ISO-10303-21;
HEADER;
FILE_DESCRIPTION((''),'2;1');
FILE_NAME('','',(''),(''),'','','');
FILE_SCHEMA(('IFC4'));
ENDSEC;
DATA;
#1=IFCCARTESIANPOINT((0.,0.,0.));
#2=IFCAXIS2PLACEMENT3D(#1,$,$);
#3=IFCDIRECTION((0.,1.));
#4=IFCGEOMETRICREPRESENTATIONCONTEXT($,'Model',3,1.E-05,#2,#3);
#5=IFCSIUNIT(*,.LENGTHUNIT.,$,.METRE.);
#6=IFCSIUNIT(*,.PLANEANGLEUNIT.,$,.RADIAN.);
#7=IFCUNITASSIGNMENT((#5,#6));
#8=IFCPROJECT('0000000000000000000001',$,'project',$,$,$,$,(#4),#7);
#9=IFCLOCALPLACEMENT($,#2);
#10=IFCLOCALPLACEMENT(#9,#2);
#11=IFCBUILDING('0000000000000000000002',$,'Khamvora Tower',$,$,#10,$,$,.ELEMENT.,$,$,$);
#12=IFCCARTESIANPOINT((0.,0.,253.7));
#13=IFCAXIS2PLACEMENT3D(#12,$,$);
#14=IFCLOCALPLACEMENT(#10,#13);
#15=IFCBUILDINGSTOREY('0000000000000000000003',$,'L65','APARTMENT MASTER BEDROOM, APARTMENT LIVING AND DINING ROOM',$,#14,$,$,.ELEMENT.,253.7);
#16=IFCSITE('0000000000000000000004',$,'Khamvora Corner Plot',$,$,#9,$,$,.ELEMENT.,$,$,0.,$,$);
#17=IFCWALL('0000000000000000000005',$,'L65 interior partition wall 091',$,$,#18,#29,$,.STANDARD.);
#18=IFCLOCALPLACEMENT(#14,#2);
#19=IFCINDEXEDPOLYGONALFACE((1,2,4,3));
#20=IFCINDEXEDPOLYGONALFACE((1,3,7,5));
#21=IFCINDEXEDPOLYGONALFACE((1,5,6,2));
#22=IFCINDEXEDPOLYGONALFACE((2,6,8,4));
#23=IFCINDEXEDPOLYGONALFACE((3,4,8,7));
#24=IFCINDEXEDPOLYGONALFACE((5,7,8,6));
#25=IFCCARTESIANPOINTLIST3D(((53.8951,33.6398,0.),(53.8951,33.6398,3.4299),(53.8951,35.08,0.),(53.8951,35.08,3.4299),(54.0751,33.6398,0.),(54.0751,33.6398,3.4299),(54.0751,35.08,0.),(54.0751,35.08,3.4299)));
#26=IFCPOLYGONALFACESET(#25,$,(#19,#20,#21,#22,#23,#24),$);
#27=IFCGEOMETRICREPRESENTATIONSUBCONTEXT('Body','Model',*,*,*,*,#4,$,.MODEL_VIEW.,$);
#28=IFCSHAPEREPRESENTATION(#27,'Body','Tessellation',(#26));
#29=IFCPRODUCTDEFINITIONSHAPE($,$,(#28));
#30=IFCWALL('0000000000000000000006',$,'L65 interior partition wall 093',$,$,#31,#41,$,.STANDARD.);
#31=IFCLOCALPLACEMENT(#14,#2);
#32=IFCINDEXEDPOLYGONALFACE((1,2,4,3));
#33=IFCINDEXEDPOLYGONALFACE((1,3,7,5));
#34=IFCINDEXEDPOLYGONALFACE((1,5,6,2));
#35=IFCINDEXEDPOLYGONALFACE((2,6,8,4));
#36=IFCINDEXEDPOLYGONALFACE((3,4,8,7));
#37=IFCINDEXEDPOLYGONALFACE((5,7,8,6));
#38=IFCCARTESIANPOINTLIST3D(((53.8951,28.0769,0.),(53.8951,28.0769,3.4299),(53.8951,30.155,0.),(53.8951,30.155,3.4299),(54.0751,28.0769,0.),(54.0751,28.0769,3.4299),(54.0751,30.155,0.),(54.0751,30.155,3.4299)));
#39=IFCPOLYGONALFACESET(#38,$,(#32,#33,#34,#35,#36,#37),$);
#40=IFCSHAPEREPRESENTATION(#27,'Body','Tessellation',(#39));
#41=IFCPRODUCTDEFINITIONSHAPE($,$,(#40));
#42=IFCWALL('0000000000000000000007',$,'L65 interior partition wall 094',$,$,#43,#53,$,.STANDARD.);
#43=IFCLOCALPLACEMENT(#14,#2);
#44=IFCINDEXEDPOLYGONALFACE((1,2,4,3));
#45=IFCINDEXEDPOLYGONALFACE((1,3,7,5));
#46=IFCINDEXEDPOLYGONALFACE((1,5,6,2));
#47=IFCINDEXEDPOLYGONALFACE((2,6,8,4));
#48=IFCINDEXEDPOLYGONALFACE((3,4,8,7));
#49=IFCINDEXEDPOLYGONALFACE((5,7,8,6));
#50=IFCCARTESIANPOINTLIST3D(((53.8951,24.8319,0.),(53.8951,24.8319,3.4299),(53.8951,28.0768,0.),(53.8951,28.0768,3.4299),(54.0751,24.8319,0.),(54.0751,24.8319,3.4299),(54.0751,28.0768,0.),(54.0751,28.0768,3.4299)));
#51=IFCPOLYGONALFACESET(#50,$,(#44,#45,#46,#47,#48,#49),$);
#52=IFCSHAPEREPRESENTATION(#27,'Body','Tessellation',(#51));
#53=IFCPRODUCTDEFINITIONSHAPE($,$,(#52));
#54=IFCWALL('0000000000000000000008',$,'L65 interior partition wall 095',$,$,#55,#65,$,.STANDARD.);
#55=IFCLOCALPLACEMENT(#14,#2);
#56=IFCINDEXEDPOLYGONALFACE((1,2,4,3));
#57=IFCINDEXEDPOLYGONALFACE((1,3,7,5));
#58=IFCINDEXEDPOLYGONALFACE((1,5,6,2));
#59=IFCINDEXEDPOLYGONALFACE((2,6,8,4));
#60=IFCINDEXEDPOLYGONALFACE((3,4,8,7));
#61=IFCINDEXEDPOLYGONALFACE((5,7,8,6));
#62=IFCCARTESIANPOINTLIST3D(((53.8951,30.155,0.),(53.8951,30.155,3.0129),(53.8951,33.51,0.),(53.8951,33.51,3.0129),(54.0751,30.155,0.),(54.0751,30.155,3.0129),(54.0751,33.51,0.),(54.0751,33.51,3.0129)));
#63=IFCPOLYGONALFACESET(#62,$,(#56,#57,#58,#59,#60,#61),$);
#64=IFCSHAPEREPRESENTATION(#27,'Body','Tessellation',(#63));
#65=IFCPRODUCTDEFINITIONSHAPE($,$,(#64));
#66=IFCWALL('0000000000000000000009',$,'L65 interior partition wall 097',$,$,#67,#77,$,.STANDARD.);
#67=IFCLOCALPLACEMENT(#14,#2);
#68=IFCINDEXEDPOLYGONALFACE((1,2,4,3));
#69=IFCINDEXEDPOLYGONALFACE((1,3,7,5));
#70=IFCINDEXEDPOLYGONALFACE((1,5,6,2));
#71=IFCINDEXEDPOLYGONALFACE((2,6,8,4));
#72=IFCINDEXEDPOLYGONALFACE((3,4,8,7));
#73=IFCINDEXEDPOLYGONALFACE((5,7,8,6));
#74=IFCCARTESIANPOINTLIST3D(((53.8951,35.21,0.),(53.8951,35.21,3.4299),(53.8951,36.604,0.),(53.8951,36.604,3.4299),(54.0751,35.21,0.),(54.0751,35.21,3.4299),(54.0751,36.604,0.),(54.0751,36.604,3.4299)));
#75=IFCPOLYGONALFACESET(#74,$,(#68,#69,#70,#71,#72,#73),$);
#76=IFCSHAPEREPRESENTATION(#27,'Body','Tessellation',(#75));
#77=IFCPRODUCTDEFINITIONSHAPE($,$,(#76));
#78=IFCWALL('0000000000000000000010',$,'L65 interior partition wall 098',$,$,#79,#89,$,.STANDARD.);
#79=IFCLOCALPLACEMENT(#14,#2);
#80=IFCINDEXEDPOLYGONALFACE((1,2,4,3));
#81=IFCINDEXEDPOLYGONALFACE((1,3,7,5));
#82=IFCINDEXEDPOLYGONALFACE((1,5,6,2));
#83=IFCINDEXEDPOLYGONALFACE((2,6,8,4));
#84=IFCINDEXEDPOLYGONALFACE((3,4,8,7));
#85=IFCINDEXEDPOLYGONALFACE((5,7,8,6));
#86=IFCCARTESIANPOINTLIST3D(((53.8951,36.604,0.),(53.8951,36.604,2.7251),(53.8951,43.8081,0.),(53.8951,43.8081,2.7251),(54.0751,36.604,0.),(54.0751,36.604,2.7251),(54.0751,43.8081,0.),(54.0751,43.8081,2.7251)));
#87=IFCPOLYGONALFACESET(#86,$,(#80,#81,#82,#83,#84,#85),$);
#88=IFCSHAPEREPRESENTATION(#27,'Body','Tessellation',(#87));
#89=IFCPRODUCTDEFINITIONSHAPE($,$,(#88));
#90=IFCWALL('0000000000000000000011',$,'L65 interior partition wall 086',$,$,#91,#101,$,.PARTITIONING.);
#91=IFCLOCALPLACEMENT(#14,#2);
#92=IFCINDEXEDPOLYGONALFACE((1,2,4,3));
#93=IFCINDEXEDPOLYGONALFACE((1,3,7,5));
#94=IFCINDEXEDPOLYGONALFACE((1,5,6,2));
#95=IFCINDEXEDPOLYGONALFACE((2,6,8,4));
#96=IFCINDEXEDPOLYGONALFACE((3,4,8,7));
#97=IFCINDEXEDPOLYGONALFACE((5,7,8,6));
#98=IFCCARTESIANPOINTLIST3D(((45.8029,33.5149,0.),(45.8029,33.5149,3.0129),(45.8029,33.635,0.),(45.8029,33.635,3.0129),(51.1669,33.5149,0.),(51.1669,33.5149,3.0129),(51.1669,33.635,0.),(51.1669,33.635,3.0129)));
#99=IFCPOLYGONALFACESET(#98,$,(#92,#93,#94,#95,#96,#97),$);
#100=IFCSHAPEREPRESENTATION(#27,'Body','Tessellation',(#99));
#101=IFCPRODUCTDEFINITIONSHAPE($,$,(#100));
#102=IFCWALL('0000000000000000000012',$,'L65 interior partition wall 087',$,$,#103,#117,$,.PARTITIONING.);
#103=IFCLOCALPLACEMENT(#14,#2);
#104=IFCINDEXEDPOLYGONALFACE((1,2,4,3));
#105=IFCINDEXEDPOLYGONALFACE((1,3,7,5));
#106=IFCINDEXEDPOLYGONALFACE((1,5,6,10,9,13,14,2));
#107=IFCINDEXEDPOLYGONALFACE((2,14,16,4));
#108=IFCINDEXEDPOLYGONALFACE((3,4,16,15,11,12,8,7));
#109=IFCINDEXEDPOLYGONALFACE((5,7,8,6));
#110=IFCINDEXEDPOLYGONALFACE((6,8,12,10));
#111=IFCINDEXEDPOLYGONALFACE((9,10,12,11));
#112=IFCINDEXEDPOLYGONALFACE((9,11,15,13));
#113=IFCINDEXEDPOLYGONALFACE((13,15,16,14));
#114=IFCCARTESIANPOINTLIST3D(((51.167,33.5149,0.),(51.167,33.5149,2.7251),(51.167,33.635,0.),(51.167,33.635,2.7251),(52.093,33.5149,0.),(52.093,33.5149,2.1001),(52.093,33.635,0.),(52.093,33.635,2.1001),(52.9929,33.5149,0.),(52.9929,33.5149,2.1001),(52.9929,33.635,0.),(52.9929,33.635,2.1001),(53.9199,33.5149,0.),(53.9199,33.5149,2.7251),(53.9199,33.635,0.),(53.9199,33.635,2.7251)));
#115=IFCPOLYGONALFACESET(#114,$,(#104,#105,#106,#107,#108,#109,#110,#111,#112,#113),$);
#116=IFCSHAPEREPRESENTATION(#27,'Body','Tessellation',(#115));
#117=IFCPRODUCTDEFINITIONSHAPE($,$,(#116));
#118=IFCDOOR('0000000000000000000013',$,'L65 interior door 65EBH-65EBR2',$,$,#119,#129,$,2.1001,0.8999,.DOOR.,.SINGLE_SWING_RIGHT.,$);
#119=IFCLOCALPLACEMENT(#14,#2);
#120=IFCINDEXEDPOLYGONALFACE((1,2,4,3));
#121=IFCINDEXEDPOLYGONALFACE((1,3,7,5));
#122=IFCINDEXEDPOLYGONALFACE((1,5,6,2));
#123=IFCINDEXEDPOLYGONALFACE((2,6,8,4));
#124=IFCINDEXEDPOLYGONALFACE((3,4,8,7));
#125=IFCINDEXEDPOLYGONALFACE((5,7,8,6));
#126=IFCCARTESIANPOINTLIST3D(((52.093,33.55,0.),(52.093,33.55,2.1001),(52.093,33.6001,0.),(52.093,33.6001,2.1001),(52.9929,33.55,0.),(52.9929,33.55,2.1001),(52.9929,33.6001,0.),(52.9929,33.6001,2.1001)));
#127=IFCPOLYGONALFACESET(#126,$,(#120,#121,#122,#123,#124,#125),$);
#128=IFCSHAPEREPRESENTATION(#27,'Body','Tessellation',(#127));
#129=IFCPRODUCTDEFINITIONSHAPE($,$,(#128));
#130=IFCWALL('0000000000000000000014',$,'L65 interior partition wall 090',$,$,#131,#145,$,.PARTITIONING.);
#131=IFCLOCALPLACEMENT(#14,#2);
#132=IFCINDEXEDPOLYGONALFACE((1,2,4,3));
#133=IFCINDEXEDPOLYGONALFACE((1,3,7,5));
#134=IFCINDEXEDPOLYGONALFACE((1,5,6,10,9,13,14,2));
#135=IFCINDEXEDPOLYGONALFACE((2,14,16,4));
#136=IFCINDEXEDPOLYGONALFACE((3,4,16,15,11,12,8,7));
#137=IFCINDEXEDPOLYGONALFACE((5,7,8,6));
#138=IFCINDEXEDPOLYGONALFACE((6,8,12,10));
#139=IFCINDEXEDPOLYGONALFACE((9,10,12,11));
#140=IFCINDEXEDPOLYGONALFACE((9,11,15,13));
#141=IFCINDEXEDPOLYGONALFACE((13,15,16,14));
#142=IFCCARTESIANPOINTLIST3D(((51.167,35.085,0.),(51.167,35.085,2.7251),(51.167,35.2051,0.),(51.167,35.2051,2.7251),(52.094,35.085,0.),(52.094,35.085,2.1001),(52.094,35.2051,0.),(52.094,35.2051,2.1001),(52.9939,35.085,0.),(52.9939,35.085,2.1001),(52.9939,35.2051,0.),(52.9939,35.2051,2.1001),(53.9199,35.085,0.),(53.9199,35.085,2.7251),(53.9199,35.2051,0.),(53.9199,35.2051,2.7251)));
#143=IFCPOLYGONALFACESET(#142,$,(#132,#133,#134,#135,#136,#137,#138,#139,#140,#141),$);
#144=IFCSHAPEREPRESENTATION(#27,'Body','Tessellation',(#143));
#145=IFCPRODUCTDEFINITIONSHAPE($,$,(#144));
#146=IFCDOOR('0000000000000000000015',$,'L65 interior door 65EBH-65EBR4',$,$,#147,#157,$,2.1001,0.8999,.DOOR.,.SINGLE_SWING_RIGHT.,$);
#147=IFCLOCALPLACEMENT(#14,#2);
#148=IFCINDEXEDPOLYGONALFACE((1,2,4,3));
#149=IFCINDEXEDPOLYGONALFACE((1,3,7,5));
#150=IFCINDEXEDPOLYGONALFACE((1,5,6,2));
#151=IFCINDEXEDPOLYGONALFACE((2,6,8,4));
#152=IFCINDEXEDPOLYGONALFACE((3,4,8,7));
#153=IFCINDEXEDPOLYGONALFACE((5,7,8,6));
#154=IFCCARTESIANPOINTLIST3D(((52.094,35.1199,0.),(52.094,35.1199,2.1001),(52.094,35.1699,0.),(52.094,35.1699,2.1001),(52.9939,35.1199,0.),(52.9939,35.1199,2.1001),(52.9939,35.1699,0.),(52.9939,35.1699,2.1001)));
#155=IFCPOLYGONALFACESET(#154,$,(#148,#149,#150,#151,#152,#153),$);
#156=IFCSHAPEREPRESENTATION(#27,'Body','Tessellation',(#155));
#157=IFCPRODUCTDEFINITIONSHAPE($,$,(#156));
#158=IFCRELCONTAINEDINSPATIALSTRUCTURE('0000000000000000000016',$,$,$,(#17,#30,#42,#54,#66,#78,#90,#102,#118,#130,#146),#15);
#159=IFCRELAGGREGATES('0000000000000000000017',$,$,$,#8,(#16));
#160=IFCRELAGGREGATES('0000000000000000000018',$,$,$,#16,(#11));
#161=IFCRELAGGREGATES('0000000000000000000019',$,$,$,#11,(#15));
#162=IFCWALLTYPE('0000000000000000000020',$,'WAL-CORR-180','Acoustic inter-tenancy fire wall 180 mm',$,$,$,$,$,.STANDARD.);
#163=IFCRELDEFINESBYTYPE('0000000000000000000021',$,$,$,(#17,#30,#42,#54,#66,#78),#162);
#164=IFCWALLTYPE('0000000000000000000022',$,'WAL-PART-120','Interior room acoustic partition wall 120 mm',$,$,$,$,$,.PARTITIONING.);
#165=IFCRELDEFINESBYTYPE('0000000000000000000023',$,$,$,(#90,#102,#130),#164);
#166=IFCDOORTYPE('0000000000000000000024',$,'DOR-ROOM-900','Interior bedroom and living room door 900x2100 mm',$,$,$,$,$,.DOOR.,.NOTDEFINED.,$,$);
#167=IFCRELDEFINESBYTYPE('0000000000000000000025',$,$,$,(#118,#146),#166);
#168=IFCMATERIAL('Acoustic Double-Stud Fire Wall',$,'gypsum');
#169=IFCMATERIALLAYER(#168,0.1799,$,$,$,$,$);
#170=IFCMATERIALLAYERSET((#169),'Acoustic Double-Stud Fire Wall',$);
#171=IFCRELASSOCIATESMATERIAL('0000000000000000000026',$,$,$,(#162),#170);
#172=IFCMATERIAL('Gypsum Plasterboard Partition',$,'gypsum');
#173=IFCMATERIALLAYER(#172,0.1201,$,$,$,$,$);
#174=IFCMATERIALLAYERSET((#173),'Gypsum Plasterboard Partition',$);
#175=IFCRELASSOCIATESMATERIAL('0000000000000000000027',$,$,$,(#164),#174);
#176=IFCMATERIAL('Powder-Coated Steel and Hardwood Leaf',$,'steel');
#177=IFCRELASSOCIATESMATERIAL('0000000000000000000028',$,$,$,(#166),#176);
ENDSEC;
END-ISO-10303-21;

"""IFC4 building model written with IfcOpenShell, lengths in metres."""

from ifc_helpers import new_model, si_unit, direction, frame, frame_2d, origin, place, context, subcontext, project, spatial, rectangle, extrude, material, layer, layer_set, type_object, element, fill, save


model = new_model("IFC4")

# Units and contexts
model_context = context("Model", 3, precision=1e-05, world=origin(), true_north=direction((0.0, 1.0)))
body_context = subcontext(model_context, "Body", "Model", "MODEL_VIEW")
ifc_project = project(units=[si_unit("LENGTHUNIT", "METRE"), si_unit("PLANEANGLEUNIT", "RADIAN")], contexts=[model_context])

# Site, building, storey
site_placement = place(None, origin())
site = spatial("IfcSite", under=ifc_project, at=site_placement, Name="Khamvora Corner Plot", CompositionType="ELEMENT", RefElevation=0.0)
building_placement = place(site_placement, origin())
building = spatial("IfcBuilding", under=site, at=building_placement, Name="Khamvora Tower", CompositionType="ELEMENT")
storey_placement = place(building_placement, frame((0.0, 0.0, 253.7)))
storey = spatial("IfcBuildingStorey", under=building, at=storey_placement, Name="L65", Description="APARTMENT MASTER BEDROOM, APARTMENT LIVING AND DINING ROOM", CompositionType="ELEMENT", Elevation=253.7)

# Walls
ifc_material_1 = material(Name="Acoustic Double-Stud Fire Wall", Category="gypsum")
ifc_layer_1 = layer(ifc_material_1, 0.1799)
ifc_layer_set_1 = layer_set([ifc_layer_1], Name="Acoustic Double-Stud Fire Wall")
wall_type_1 = type_object("IfcWallType", Name="WAL-CORR-180", Description="Acoustic inter-tenancy fire wall 180 mm", PredefinedType="STANDARD", material=ifc_layer_set_1)
wall_1_placement = place(storey_placement, frame((53.9851, 35.0801, 0.0), z_axis=(0.0, 0.0, 1.0), x_axis=(0.0, -1.0, 0.0)))
element("IfcWall", 1, at=wall_1_placement, inside=storey, type_object=wall_type_1, Name="L65 interior partition wall 091", PredefinedType="STANDARD", context=body_context, shape_type="SweptSolid", body=[
    extrude(rectangle(XDim=1.4402, YDim=0.1799, at=frame_2d((0.7202, 0.0))), origin(), (0.0, 0.0, 1.0), 3.4299),
])
wall_2_placement = place(storey_placement, frame((53.9851, 30.155, 0.0), z_axis=(0.0, 0.0, 1.0), x_axis=(0.0, -1.0, 0.0)))
element("IfcWall", 2, at=wall_2_placement, inside=storey, type_object=wall_type_1, Name="L65 interior partition wall 093", PredefinedType="STANDARD", context=body_context, shape_type="SweptSolid", body=[
    extrude(rectangle(XDim=2.0781, YDim=0.1799, at=frame_2d((1.0391, 0.0))), origin(), (0.0, 0.0, 1.0), 3.4299),
])
wall_3_placement = place(storey_placement, frame((53.9851, 28.0769, 0.0), z_axis=(0.0, 0.0, 1.0), x_axis=(0.0, -1.0, 0.0)))
element("IfcWall", 3, at=wall_3_placement, inside=storey, type_object=wall_type_1, Name="L65 interior partition wall 094", PredefinedType="STANDARD", context=body_context, shape_type="SweptSolid", body=[
    extrude(rectangle(XDim=3.2449, YDim=0.1799, at=frame_2d((1.6226, 0.0))), origin(), (0.0, 0.0, 1.0), 3.4299),
])
wall_4_placement = place(storey_placement, frame((53.9851, 33.51, 0.0), z_axis=(0.0, 0.0, 1.0), x_axis=(0.0, -1.0, 0.0)))
element("IfcWall", 4, at=wall_4_placement, inside=storey, type_object=wall_type_1, Name="L65 interior partition wall 095", PredefinedType="STANDARD", context=body_context, shape_type="SweptSolid", body=[
    extrude(rectangle(XDim=3.355, YDim=0.1799, at=frame_2d((1.6775, 0.0))), origin(), (0.0, 0.0, 1.0), 3.0129),
])
wall_5_placement = place(storey_placement, frame((53.9851, 36.604, 0.0), z_axis=(0.0, 0.0, 1.0), x_axis=(0.0, -1.0, 0.0)))
element("IfcWall", 5, at=wall_5_placement, inside=storey, type_object=wall_type_1, Name="L65 interior partition wall 097", PredefinedType="STANDARD", context=body_context, shape_type="SweptSolid", body=[
    extrude(rectangle(XDim=1.394, YDim=0.1799, at=frame_2d((0.697, 0.0))), origin(), (0.0, 0.0, 1.0), 3.4299),
])
wall_6_placement = place(storey_placement, frame((53.9851, 43.8081, 0.0), z_axis=(0.0, 0.0, 1.0), x_axis=(0.0, -1.0, 0.0)))
element("IfcWall", 6, at=wall_6_placement, inside=storey, type_object=wall_type_1, Name="L65 interior partition wall 098", PredefinedType="STANDARD", context=body_context, shape_type="SweptSolid", body=[
    extrude(rectangle(XDim=7.2041, YDim=0.1799, at=frame_2d((3.6021, 0.0))), origin(), (0.0, 0.0, 1.0), 2.7251),
])
ifc_material_2 = material(Name="Gypsum Plasterboard Partition", Category="gypsum")
ifc_layer_2 = layer(ifc_material_2, 0.1201)
ifc_layer_set_2 = layer_set([ifc_layer_2], Name="Gypsum Plasterboard Partition")
wall_type_2 = type_object("IfcWallType", Name="WAL-PART-120", Description="Interior room acoustic partition wall 120 mm", PredefinedType="PARTITIONING", material=ifc_layer_set_2)
wall_7_placement = place(storey_placement, frame((51.167, 33.575, 0.0), z_axis=(0.0, 0.0, 1.0), x_axis=(-1.0, 0.0, 0.0)))
element("IfcWall", 7, at=wall_7_placement, inside=storey, type_object=wall_type_2, Name="L65 interior partition wall 086", PredefinedType="PARTITIONING", context=body_context, shape_type="SweptSolid", body=[
    extrude(rectangle(XDim=5.364, YDim=0.1201, at=frame_2d((2.6821, 0.0))), origin(), (0.0, 0.0, 1.0), 3.0129),
])

# Walls, openings, doors
wall_8_placement = place(storey_placement, frame((53.9199, 33.575, 0.0), z_axis=(0.0, 0.0, 1.0), x_axis=(-1.0, 0.0, 0.0)))
wall_8 = element("IfcWall", 8, at=wall_8_placement, inside=storey, type_object=wall_type_2, Name="L65 interior partition wall 087", PredefinedType="PARTITIONING", context=body_context, shape_type="SweptSolid", body=[
    extrude(rectangle(XDim=2.7529, YDim=0.1201, at=frame_2d((1.3765, 0.0))), origin(), (0.0, 0.0, 1.0), 2.7251),
])
opening_1_placement = place(wall_8_placement, frame((0.927, 0.0, 0.0)))
opening_1 = element("IfcOpeningElement", 9, at=opening_1_placement, cuts=wall_8, PredefinedType="OPENING", context=body_context, shape_type="SweptSolid", body=[
    extrude(rectangle(XDim=0.8999, YDim=2.1001, at=frame_2d((0.45, 1.05))), frame((0.0, 0.0701, 0.0), z_axis=(0.0, -1.0, 0.0), x_axis=(1.0, 0.0, 0.0)), (0.0, 0.0, 1.0), 0.1401),
])
ifc_material_3 = material(Name="Powder-Coated Steel and Hardwood Leaf", Category="steel")
door_type_1 = type_object("IfcDoorType", Name="DOR-ROOM-900", Description="Interior bedroom and living room door 900x2100 mm", OperationType="NOTDEFINED", PredefinedType="DOOR", material=ifc_material_3)
door_1_placement = place(opening_1_placement, origin())
door_1 = element("IfcDoor", 10, at=door_1_placement, inside=storey, type_object=door_type_1, Name="L65 interior door 65EBH-65EBR2", OperationType="SINGLE_SWING_RIGHT", OverallHeight=2.1001, OverallWidth=0.8999, PredefinedType="DOOR", context=body_context, shape_type="SweptSolid", body=[
    extrude(rectangle(XDim=0.8999, YDim=2.1001, at=frame_2d((0.45, 1.05))), frame((0.0, 0.0249, 0.0), z_axis=(0.0, -1.0, 0.0), x_axis=(1.0, 0.0, 0.0)), (0.0, 0.0, 1.0), 0.05),
])
fill(opening_1, door_1)
wall_9_placement = place(storey_placement, frame((51.167, 35.145, 0.0), z_axis=(0.0, 0.0, 1.0), x_axis=(1.0, 0.0, 0.0)))
wall_9 = element("IfcWall", 11, at=wall_9_placement, inside=storey, type_object=wall_type_2, Name="L65 interior partition wall 090", PredefinedType="PARTITIONING", context=body_context, shape_type="SweptSolid", body=[
    extrude(rectangle(XDim=2.7529, YDim=0.1201, at=frame_2d((1.3765, 0.0))), origin(), (0.0, 0.0, 1.0), 2.7251),
])
opening_2_placement = place(wall_9_placement, frame((0.927, 0.0, 0.0)))
opening_2 = element("IfcOpeningElement", 12, at=opening_2_placement, cuts=wall_9, PredefinedType="OPENING", context=body_context, shape_type="SweptSolid", body=[
    extrude(rectangle(XDim=0.8999, YDim=2.1001, at=frame_2d((0.45, 1.05))), frame((0.0, 0.0701, 0.0), z_axis=(0.0, -1.0, 0.0), x_axis=(1.0, 0.0, 0.0)), (0.0, 0.0, 1.0), 0.1401),
])
door_2_placement = place(opening_2_placement, origin())
door_2 = element("IfcDoor", 13, at=door_2_placement, inside=storey, type_object=door_type_1, Name="L65 interior door 65EBH-65EBR4", OperationType="SINGLE_SWING_RIGHT", OverallHeight=2.1001, OverallWidth=0.8999, PredefinedType="DOOR", context=body_context, shape_type="SweptSolid", body=[
    extrude(rectangle(XDim=0.8999, YDim=2.1001, at=frame_2d((0.45, 1.05))), frame((0.0, 0.0249, 0.0), z_axis=(0.0, -1.0, 0.0), x_axis=(1.0, 0.0, 0.0)), (0.0, 0.0, 1.0), 0.05),
])
fill(opening_2, door_2)

save(model, "model.ifc")
